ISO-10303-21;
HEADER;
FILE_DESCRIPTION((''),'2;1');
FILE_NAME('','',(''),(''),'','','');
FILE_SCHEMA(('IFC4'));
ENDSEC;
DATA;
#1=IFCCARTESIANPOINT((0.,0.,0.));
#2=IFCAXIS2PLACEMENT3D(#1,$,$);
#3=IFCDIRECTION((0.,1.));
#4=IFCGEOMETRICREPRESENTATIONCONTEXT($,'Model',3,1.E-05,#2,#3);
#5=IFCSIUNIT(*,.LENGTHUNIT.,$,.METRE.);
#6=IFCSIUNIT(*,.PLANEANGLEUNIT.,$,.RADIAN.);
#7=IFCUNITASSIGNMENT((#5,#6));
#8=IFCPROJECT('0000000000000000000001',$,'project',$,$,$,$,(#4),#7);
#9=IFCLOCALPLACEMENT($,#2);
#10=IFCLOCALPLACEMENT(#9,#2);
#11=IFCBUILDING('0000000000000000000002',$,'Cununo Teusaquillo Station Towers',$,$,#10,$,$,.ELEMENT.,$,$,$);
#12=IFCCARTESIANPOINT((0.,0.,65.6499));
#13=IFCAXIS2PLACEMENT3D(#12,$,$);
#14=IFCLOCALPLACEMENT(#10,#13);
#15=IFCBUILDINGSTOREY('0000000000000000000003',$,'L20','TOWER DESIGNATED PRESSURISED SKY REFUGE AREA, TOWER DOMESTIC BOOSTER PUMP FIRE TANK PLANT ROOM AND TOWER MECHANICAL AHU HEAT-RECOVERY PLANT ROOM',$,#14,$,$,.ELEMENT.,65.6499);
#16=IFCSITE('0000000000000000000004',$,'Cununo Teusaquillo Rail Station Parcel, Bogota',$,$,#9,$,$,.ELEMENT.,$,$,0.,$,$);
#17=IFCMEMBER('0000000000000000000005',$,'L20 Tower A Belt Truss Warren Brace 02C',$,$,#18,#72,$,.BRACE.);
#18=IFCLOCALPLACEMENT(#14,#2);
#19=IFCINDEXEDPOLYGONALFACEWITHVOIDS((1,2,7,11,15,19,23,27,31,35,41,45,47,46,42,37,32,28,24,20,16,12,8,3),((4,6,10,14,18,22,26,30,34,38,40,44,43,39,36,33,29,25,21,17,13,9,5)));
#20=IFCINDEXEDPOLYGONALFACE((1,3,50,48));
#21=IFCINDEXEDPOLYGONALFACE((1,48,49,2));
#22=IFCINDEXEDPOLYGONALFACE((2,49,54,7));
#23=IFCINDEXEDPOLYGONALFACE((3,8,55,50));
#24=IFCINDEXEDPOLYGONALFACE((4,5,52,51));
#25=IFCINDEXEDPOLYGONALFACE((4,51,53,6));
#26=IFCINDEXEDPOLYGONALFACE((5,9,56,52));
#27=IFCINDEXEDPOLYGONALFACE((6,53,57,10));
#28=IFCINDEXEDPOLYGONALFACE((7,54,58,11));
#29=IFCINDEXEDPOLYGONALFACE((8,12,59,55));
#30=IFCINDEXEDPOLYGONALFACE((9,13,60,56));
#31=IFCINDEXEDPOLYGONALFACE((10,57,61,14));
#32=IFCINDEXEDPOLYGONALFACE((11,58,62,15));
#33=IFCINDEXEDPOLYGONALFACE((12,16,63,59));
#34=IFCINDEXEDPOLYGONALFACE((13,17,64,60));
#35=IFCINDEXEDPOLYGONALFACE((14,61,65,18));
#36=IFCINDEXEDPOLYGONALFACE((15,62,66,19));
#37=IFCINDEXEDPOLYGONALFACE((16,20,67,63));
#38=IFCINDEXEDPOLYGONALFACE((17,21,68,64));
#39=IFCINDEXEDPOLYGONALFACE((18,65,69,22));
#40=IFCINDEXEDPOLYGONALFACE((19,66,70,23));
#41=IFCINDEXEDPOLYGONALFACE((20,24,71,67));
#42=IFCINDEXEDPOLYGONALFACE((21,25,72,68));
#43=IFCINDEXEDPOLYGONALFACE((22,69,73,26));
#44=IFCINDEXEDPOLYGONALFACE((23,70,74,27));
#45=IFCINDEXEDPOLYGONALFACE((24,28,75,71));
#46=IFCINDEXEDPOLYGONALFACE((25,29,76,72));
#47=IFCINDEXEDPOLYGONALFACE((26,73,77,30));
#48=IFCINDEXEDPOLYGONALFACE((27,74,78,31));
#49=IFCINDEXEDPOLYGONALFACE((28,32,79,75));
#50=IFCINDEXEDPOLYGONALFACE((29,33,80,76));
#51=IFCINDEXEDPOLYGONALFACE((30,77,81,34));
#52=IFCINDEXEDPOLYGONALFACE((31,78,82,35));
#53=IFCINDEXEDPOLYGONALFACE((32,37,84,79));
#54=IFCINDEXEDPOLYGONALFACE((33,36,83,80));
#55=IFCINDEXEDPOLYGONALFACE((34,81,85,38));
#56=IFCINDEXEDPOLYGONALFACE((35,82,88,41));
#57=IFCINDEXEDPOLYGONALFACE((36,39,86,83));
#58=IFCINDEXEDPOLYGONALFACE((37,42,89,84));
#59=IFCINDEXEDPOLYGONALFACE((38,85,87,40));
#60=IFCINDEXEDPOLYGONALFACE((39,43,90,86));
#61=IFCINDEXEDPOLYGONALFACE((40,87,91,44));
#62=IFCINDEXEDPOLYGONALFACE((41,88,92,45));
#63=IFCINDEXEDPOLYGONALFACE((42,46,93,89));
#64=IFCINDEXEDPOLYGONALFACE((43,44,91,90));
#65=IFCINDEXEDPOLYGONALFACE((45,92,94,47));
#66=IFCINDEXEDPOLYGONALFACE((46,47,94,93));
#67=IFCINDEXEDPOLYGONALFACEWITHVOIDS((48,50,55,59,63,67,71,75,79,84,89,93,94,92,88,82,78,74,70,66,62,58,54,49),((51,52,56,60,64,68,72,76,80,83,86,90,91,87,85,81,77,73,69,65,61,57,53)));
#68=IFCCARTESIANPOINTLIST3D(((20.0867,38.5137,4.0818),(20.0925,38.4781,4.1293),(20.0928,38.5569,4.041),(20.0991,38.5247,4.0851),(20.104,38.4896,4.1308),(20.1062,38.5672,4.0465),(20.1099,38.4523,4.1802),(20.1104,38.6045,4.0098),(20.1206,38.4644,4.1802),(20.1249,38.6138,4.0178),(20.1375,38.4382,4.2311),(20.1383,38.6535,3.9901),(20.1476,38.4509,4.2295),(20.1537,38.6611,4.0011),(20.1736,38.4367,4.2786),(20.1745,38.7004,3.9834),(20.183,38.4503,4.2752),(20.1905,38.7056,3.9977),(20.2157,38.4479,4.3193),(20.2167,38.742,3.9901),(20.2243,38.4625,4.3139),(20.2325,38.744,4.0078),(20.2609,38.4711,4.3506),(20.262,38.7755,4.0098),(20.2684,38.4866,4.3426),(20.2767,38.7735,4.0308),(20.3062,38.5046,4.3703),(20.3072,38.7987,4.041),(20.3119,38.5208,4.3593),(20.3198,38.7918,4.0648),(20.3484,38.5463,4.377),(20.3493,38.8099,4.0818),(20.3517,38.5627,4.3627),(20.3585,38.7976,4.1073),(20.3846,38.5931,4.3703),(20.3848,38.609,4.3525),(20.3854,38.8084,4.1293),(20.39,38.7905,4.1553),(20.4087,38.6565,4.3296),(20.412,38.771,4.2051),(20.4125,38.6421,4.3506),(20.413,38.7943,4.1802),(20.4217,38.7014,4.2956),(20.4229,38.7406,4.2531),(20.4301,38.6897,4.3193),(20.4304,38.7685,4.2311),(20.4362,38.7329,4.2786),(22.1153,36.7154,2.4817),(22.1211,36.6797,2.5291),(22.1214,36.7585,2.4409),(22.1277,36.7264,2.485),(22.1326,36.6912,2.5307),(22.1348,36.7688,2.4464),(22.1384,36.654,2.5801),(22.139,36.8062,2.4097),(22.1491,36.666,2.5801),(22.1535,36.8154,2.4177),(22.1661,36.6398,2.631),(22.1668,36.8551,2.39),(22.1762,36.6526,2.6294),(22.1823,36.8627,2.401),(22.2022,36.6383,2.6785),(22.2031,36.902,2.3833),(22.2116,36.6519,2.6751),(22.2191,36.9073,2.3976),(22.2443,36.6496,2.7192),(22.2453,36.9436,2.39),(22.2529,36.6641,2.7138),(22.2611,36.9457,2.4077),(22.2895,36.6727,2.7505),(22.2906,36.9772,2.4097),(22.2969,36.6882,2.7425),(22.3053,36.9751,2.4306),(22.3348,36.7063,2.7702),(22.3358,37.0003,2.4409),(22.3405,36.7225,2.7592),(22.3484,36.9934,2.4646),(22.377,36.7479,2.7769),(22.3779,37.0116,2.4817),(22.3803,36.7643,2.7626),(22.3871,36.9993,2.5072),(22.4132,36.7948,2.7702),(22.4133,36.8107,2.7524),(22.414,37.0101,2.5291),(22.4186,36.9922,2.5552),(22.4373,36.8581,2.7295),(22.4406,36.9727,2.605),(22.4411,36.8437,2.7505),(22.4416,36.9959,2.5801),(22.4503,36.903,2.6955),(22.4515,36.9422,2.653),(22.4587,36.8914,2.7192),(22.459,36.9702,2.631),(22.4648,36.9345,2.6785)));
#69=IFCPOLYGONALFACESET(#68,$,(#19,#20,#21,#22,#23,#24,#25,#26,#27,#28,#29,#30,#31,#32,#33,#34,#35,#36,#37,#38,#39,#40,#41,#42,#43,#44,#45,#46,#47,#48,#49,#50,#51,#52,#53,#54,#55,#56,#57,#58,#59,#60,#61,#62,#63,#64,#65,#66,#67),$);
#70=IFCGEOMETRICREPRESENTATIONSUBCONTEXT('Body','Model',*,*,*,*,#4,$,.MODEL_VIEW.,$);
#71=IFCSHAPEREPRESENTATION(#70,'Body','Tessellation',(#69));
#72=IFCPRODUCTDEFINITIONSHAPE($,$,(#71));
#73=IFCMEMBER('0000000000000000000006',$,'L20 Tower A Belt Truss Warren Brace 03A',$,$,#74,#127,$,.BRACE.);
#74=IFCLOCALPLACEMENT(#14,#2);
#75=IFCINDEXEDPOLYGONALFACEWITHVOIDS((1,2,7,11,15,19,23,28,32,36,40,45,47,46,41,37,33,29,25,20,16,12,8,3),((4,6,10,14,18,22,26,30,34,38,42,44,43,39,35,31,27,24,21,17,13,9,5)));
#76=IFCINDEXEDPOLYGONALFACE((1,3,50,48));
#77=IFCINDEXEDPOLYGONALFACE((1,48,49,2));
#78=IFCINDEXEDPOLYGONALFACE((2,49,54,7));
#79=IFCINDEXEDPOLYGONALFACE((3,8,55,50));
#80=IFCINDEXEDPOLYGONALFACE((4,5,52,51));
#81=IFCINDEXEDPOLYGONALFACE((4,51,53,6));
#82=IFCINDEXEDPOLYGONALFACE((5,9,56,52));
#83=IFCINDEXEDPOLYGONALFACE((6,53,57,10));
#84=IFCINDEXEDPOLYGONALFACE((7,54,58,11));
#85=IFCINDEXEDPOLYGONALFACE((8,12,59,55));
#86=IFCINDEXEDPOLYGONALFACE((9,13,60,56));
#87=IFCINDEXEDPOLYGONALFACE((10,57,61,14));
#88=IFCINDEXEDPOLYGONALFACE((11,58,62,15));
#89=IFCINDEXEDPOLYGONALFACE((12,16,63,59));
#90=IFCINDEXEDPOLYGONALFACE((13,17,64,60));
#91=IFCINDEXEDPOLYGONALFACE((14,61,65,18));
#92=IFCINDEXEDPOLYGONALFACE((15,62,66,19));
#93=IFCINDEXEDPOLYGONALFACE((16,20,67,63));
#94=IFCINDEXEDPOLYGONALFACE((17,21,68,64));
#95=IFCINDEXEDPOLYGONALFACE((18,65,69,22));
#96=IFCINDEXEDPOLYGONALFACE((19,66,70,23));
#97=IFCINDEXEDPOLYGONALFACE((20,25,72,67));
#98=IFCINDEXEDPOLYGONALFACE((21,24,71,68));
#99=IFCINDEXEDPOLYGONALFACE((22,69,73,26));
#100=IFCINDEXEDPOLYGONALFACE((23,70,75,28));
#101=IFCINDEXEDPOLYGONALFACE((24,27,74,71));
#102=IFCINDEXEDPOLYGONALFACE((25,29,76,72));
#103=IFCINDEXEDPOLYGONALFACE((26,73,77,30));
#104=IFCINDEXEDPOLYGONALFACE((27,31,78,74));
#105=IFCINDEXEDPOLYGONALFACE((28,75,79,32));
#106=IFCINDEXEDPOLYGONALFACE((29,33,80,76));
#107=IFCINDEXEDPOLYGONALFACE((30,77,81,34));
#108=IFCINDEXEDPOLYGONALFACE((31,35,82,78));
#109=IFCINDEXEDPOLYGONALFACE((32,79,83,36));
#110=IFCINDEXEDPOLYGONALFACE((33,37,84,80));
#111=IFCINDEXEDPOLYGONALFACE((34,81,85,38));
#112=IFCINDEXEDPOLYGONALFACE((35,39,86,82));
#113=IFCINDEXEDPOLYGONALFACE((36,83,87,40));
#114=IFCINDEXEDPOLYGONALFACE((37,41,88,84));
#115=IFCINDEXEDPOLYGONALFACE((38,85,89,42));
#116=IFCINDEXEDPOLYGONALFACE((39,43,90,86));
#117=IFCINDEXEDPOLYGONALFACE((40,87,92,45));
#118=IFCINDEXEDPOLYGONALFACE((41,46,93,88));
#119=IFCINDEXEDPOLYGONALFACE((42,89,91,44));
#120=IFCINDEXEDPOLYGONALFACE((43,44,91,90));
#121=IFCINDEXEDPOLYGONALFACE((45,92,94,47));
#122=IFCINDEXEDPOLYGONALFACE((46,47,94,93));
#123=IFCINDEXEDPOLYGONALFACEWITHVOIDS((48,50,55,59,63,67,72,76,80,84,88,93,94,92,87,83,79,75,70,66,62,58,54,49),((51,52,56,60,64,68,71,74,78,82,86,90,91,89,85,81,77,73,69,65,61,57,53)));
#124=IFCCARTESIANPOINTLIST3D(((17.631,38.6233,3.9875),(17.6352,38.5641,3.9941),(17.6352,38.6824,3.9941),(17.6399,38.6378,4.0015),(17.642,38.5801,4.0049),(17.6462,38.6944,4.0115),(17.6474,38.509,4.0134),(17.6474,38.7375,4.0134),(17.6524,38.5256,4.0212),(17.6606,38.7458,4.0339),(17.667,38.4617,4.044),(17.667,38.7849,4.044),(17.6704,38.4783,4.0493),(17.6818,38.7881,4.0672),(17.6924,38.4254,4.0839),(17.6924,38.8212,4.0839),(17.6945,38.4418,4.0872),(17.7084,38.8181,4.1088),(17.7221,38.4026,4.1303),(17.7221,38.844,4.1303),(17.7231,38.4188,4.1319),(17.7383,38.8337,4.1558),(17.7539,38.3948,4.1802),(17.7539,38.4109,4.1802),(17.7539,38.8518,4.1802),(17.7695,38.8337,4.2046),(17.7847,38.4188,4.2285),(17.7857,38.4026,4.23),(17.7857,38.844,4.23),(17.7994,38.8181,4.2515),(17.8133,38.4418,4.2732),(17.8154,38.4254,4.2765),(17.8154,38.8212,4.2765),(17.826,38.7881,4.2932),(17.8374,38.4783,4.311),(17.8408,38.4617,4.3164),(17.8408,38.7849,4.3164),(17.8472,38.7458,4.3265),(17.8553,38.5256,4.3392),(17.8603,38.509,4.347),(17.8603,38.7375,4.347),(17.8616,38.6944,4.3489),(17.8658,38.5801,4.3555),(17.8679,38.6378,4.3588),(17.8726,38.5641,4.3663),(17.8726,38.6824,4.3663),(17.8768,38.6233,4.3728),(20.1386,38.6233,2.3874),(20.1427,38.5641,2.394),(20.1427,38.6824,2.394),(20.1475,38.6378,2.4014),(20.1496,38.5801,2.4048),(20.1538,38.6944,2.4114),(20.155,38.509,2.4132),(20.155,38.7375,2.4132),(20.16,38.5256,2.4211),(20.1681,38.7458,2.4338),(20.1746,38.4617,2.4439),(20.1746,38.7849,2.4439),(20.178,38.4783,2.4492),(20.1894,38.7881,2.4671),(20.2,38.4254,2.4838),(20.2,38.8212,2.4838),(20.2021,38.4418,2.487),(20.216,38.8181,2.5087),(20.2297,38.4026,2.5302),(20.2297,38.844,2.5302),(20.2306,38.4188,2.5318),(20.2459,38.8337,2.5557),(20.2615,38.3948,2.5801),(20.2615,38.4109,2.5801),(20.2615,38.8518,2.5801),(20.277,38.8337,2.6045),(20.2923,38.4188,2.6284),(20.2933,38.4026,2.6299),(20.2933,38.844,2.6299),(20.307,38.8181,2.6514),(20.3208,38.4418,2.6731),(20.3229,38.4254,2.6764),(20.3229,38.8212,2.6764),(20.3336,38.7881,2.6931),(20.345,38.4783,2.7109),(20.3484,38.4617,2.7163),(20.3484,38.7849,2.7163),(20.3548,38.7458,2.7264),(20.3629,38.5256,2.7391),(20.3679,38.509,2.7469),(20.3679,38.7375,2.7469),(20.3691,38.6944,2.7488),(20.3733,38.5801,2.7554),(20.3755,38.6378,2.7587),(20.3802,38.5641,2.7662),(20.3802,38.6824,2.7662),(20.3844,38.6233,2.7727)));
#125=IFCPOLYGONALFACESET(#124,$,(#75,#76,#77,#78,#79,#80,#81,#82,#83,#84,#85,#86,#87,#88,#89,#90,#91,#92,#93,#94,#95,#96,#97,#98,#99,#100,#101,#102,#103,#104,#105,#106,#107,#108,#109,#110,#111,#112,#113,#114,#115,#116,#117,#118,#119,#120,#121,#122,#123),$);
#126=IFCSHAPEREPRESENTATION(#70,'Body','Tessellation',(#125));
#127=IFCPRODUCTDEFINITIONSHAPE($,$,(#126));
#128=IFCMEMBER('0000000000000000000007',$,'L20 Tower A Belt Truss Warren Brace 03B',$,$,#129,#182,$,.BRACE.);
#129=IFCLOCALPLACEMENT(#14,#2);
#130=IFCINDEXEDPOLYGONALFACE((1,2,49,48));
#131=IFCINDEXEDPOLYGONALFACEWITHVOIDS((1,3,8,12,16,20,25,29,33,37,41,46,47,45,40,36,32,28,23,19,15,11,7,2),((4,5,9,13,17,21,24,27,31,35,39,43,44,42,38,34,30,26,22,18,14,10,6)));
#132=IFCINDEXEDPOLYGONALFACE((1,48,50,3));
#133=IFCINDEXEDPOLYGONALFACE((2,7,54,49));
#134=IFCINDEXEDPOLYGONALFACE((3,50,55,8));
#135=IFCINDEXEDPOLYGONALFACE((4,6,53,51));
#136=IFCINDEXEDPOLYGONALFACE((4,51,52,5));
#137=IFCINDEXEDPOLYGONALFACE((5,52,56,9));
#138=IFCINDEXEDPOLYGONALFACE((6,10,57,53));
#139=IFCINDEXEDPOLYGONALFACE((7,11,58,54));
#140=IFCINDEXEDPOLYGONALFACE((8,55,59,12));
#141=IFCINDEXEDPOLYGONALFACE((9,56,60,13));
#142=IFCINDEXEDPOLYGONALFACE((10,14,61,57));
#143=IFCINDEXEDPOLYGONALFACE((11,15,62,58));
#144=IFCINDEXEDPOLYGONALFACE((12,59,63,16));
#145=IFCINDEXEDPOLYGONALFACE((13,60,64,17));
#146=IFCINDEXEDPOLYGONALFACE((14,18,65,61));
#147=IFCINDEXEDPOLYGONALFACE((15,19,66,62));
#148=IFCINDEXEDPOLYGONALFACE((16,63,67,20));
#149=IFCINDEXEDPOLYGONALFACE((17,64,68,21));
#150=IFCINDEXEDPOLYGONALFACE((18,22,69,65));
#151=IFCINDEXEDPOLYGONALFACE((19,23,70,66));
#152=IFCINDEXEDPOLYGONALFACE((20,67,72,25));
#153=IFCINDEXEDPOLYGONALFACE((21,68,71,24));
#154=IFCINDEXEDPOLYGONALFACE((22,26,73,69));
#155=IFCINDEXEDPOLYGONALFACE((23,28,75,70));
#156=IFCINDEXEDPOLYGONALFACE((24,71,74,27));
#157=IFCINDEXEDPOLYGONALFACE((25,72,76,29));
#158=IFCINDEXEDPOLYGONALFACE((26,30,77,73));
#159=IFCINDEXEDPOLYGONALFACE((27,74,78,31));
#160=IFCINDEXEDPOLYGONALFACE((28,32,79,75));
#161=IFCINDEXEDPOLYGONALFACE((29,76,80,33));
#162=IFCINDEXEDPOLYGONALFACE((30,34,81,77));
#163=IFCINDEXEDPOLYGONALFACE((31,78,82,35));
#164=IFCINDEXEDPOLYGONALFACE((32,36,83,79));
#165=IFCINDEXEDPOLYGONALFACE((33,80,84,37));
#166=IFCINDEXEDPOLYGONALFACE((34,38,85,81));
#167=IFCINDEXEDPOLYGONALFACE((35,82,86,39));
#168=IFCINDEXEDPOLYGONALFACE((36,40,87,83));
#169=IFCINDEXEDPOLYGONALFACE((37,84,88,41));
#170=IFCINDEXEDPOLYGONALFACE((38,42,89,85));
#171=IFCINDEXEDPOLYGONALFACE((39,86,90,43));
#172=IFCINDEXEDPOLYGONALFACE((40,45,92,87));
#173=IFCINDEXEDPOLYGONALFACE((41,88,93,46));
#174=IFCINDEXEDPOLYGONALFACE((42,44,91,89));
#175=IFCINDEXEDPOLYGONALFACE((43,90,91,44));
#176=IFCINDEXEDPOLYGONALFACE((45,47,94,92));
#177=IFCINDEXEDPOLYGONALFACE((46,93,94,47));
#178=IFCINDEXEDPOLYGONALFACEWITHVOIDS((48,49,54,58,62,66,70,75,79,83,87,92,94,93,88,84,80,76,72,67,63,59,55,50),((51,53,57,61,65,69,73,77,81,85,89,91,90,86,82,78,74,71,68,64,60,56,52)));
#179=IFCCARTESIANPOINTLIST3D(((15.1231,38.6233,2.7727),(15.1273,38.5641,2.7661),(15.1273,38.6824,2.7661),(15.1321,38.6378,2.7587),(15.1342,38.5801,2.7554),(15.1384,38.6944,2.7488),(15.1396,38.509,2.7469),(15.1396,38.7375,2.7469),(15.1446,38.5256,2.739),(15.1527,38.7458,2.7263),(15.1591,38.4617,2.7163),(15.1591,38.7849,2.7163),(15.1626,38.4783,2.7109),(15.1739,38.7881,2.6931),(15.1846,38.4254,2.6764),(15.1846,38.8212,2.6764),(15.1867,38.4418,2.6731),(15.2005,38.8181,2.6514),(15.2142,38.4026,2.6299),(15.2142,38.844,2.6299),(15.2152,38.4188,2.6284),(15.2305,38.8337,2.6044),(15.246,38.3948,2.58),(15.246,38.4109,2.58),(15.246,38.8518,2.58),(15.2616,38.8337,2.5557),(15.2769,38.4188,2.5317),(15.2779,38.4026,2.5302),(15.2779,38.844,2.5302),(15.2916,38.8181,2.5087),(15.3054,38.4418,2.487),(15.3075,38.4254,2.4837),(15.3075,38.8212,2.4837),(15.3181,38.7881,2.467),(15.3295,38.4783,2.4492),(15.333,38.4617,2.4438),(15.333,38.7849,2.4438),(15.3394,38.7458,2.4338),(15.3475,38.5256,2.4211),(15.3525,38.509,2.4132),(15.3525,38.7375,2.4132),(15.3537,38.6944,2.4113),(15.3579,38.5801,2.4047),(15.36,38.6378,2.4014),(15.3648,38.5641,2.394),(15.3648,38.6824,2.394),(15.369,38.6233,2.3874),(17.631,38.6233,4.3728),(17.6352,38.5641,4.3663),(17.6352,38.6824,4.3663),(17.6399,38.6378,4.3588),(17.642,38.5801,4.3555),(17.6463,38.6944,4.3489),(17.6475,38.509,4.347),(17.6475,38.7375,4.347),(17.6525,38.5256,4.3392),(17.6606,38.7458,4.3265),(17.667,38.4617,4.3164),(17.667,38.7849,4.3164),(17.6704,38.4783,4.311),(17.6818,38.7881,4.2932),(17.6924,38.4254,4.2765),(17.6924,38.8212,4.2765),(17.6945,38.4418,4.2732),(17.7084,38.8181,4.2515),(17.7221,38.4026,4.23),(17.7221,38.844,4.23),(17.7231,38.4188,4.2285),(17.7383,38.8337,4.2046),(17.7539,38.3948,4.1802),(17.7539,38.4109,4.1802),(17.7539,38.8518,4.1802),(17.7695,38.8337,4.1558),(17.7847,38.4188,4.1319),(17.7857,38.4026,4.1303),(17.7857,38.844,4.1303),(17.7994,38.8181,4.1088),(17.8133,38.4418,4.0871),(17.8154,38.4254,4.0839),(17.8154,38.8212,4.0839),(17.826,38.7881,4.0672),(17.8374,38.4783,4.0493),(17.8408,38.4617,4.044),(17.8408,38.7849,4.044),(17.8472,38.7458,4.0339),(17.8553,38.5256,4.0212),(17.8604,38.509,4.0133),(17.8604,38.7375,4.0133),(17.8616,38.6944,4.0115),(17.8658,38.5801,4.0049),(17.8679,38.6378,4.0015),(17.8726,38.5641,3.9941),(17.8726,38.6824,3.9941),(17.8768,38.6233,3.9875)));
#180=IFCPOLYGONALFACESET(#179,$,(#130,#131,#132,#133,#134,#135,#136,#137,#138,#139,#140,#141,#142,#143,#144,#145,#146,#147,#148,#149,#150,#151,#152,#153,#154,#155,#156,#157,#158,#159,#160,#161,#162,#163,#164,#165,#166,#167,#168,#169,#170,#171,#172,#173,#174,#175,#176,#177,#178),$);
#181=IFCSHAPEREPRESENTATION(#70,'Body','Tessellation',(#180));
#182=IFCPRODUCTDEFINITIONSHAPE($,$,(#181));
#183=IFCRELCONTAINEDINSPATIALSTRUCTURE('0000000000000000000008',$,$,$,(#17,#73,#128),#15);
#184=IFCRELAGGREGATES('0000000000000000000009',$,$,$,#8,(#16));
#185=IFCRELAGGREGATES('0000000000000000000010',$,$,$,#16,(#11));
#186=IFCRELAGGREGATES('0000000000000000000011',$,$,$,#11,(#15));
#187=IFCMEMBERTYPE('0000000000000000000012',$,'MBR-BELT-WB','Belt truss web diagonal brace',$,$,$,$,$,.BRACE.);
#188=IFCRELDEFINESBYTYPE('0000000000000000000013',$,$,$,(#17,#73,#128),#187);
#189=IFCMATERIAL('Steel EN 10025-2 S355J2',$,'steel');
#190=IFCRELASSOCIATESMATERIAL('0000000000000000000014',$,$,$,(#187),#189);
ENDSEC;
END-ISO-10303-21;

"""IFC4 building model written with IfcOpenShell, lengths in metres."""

from ifc_helpers import new_model, si_unit, direction, frame, origin, origin_2d, place, context, subcontext, project, spatial, hollow_circle, extrude, material, material_profile, profile_set, type_object, element, save


model = new_model("IFC4")

# Units and contexts
model_context = context("Model", 3, precision=1e-05, world=origin(), true_north=direction((0.0, 1.0)))
body_context = subcontext(model_context, "Body", "Model", "MODEL_VIEW")
ifc_project = project(units=[si_unit("LENGTHUNIT", "METRE"), si_unit("PLANEANGLEUNIT", "RADIAN")], contexts=[model_context])

# Site, building, storey
site_placement = place(None, origin())
site = spatial("IfcSite", under=ifc_project, at=site_placement, Name="Cununo Teusaquillo Rail Station Parcel, Bogota", CompositionType="ELEMENT", RefElevation=0.0)
building_placement = place(site_placement, origin())
building = spatial("IfcBuilding", under=site, at=building_placement, Name="Cununo Teusaquillo Station Towers", CompositionType="ELEMENT")
storey_placement = place(building_placement, frame((0.0, 0.0, 65.6499)))
storey = spatial("IfcBuildingStorey", under=building, at=storey_placement, Name="L20", Description="TOWER DESIGNATED PRESSURISED SKY REFUGE AREA, TOWER DOMESTIC BOOSTER PUMP FIRE TANK PLANT ROOM AND TOWER MECHANICAL AHU HEAT-RECOVERY PLANT ROOM", CompositionType="ELEMENT", Elevation=65.6499)

# Members
ifc_material_1 = material(Name="Steel EN 10025-2 S355J2", Category="steel")
ifc_material_profile_1 = material_profile(ifc_material_1, hollow_circle(Radius=0.2285, WallThickness=0.0161, at=origin_2d()), Name="CHS 457x16")
ifc_profile_set_1 = profile_set([ifc_material_profile_1], Name="Steel EN 10025-2 S355J2")
member_type_1 = type_object("IfcMemberType", Name="MBR-BELT-WB", Description="Belt truss web diagonal brace", PredefinedType="BRACE", material=ifc_profile_set_1)
member_1_placement = place(storey_placement, frame((22.29, 36.825, 2.5801), z_axis=(-0.644414, 0.571278, 0.508303), x_axis=(-0.663368, -0.748293, 0.0)))
element("IfcMember", 1, at=member_1_placement, inside=storey, type_object=member_type_1, Name="L20 Tower A Belt Truss Warren Brace 02C", PredefinedType="BRACE", context=body_context, shape_type="SweptSolid", body=[
    extrude(hollow_circle(Radius=0.2285, WallThickness=0.0161, at=origin_2d()), origin(), (0.0, 0.0, 1.0), 3.1479),
])
member_2_placement = place(storey_placement, frame((20.2615, 38.6233, 2.5801), z_axis=(-0.842995, 0.0, 0.537921), x_axis=(0.0, -1.0, 0.0)))
element("IfcMember", 2, at=member_2_placement, inside=storey, type_object=member_type_1, Name="L20 Tower A Belt Truss Warren Brace 03A", PredefinedType="BRACE", context=body_context, shape_type="SweptSolid", body=[
    extrude(hollow_circle(Radius=0.2285, WallThickness=0.0161, at=origin_2d()), origin(), (0.0, 0.0, 1.0), 2.9746),
])
member_3_placement = place(storey_placement, frame((17.7539, 38.6233, 4.1802), z_axis=(-0.843019, 0.0, -0.537884), x_axis=(0.0, -1.0, 0.0)))
element("IfcMember", 3, at=member_3_placement, inside=storey, type_object=member_type_1, Name="L20 Tower A Belt Truss Warren Brace 03B", PredefinedType="BRACE", context=body_context, shape_type="SweptSolid", body=[
    extrude(hollow_circle(Radius=0.2285, WallThickness=0.0161, at=origin_2d()), origin(), (0.0, 0.0, 1.0), 2.9749),
])

save(model, "model.ifc")
